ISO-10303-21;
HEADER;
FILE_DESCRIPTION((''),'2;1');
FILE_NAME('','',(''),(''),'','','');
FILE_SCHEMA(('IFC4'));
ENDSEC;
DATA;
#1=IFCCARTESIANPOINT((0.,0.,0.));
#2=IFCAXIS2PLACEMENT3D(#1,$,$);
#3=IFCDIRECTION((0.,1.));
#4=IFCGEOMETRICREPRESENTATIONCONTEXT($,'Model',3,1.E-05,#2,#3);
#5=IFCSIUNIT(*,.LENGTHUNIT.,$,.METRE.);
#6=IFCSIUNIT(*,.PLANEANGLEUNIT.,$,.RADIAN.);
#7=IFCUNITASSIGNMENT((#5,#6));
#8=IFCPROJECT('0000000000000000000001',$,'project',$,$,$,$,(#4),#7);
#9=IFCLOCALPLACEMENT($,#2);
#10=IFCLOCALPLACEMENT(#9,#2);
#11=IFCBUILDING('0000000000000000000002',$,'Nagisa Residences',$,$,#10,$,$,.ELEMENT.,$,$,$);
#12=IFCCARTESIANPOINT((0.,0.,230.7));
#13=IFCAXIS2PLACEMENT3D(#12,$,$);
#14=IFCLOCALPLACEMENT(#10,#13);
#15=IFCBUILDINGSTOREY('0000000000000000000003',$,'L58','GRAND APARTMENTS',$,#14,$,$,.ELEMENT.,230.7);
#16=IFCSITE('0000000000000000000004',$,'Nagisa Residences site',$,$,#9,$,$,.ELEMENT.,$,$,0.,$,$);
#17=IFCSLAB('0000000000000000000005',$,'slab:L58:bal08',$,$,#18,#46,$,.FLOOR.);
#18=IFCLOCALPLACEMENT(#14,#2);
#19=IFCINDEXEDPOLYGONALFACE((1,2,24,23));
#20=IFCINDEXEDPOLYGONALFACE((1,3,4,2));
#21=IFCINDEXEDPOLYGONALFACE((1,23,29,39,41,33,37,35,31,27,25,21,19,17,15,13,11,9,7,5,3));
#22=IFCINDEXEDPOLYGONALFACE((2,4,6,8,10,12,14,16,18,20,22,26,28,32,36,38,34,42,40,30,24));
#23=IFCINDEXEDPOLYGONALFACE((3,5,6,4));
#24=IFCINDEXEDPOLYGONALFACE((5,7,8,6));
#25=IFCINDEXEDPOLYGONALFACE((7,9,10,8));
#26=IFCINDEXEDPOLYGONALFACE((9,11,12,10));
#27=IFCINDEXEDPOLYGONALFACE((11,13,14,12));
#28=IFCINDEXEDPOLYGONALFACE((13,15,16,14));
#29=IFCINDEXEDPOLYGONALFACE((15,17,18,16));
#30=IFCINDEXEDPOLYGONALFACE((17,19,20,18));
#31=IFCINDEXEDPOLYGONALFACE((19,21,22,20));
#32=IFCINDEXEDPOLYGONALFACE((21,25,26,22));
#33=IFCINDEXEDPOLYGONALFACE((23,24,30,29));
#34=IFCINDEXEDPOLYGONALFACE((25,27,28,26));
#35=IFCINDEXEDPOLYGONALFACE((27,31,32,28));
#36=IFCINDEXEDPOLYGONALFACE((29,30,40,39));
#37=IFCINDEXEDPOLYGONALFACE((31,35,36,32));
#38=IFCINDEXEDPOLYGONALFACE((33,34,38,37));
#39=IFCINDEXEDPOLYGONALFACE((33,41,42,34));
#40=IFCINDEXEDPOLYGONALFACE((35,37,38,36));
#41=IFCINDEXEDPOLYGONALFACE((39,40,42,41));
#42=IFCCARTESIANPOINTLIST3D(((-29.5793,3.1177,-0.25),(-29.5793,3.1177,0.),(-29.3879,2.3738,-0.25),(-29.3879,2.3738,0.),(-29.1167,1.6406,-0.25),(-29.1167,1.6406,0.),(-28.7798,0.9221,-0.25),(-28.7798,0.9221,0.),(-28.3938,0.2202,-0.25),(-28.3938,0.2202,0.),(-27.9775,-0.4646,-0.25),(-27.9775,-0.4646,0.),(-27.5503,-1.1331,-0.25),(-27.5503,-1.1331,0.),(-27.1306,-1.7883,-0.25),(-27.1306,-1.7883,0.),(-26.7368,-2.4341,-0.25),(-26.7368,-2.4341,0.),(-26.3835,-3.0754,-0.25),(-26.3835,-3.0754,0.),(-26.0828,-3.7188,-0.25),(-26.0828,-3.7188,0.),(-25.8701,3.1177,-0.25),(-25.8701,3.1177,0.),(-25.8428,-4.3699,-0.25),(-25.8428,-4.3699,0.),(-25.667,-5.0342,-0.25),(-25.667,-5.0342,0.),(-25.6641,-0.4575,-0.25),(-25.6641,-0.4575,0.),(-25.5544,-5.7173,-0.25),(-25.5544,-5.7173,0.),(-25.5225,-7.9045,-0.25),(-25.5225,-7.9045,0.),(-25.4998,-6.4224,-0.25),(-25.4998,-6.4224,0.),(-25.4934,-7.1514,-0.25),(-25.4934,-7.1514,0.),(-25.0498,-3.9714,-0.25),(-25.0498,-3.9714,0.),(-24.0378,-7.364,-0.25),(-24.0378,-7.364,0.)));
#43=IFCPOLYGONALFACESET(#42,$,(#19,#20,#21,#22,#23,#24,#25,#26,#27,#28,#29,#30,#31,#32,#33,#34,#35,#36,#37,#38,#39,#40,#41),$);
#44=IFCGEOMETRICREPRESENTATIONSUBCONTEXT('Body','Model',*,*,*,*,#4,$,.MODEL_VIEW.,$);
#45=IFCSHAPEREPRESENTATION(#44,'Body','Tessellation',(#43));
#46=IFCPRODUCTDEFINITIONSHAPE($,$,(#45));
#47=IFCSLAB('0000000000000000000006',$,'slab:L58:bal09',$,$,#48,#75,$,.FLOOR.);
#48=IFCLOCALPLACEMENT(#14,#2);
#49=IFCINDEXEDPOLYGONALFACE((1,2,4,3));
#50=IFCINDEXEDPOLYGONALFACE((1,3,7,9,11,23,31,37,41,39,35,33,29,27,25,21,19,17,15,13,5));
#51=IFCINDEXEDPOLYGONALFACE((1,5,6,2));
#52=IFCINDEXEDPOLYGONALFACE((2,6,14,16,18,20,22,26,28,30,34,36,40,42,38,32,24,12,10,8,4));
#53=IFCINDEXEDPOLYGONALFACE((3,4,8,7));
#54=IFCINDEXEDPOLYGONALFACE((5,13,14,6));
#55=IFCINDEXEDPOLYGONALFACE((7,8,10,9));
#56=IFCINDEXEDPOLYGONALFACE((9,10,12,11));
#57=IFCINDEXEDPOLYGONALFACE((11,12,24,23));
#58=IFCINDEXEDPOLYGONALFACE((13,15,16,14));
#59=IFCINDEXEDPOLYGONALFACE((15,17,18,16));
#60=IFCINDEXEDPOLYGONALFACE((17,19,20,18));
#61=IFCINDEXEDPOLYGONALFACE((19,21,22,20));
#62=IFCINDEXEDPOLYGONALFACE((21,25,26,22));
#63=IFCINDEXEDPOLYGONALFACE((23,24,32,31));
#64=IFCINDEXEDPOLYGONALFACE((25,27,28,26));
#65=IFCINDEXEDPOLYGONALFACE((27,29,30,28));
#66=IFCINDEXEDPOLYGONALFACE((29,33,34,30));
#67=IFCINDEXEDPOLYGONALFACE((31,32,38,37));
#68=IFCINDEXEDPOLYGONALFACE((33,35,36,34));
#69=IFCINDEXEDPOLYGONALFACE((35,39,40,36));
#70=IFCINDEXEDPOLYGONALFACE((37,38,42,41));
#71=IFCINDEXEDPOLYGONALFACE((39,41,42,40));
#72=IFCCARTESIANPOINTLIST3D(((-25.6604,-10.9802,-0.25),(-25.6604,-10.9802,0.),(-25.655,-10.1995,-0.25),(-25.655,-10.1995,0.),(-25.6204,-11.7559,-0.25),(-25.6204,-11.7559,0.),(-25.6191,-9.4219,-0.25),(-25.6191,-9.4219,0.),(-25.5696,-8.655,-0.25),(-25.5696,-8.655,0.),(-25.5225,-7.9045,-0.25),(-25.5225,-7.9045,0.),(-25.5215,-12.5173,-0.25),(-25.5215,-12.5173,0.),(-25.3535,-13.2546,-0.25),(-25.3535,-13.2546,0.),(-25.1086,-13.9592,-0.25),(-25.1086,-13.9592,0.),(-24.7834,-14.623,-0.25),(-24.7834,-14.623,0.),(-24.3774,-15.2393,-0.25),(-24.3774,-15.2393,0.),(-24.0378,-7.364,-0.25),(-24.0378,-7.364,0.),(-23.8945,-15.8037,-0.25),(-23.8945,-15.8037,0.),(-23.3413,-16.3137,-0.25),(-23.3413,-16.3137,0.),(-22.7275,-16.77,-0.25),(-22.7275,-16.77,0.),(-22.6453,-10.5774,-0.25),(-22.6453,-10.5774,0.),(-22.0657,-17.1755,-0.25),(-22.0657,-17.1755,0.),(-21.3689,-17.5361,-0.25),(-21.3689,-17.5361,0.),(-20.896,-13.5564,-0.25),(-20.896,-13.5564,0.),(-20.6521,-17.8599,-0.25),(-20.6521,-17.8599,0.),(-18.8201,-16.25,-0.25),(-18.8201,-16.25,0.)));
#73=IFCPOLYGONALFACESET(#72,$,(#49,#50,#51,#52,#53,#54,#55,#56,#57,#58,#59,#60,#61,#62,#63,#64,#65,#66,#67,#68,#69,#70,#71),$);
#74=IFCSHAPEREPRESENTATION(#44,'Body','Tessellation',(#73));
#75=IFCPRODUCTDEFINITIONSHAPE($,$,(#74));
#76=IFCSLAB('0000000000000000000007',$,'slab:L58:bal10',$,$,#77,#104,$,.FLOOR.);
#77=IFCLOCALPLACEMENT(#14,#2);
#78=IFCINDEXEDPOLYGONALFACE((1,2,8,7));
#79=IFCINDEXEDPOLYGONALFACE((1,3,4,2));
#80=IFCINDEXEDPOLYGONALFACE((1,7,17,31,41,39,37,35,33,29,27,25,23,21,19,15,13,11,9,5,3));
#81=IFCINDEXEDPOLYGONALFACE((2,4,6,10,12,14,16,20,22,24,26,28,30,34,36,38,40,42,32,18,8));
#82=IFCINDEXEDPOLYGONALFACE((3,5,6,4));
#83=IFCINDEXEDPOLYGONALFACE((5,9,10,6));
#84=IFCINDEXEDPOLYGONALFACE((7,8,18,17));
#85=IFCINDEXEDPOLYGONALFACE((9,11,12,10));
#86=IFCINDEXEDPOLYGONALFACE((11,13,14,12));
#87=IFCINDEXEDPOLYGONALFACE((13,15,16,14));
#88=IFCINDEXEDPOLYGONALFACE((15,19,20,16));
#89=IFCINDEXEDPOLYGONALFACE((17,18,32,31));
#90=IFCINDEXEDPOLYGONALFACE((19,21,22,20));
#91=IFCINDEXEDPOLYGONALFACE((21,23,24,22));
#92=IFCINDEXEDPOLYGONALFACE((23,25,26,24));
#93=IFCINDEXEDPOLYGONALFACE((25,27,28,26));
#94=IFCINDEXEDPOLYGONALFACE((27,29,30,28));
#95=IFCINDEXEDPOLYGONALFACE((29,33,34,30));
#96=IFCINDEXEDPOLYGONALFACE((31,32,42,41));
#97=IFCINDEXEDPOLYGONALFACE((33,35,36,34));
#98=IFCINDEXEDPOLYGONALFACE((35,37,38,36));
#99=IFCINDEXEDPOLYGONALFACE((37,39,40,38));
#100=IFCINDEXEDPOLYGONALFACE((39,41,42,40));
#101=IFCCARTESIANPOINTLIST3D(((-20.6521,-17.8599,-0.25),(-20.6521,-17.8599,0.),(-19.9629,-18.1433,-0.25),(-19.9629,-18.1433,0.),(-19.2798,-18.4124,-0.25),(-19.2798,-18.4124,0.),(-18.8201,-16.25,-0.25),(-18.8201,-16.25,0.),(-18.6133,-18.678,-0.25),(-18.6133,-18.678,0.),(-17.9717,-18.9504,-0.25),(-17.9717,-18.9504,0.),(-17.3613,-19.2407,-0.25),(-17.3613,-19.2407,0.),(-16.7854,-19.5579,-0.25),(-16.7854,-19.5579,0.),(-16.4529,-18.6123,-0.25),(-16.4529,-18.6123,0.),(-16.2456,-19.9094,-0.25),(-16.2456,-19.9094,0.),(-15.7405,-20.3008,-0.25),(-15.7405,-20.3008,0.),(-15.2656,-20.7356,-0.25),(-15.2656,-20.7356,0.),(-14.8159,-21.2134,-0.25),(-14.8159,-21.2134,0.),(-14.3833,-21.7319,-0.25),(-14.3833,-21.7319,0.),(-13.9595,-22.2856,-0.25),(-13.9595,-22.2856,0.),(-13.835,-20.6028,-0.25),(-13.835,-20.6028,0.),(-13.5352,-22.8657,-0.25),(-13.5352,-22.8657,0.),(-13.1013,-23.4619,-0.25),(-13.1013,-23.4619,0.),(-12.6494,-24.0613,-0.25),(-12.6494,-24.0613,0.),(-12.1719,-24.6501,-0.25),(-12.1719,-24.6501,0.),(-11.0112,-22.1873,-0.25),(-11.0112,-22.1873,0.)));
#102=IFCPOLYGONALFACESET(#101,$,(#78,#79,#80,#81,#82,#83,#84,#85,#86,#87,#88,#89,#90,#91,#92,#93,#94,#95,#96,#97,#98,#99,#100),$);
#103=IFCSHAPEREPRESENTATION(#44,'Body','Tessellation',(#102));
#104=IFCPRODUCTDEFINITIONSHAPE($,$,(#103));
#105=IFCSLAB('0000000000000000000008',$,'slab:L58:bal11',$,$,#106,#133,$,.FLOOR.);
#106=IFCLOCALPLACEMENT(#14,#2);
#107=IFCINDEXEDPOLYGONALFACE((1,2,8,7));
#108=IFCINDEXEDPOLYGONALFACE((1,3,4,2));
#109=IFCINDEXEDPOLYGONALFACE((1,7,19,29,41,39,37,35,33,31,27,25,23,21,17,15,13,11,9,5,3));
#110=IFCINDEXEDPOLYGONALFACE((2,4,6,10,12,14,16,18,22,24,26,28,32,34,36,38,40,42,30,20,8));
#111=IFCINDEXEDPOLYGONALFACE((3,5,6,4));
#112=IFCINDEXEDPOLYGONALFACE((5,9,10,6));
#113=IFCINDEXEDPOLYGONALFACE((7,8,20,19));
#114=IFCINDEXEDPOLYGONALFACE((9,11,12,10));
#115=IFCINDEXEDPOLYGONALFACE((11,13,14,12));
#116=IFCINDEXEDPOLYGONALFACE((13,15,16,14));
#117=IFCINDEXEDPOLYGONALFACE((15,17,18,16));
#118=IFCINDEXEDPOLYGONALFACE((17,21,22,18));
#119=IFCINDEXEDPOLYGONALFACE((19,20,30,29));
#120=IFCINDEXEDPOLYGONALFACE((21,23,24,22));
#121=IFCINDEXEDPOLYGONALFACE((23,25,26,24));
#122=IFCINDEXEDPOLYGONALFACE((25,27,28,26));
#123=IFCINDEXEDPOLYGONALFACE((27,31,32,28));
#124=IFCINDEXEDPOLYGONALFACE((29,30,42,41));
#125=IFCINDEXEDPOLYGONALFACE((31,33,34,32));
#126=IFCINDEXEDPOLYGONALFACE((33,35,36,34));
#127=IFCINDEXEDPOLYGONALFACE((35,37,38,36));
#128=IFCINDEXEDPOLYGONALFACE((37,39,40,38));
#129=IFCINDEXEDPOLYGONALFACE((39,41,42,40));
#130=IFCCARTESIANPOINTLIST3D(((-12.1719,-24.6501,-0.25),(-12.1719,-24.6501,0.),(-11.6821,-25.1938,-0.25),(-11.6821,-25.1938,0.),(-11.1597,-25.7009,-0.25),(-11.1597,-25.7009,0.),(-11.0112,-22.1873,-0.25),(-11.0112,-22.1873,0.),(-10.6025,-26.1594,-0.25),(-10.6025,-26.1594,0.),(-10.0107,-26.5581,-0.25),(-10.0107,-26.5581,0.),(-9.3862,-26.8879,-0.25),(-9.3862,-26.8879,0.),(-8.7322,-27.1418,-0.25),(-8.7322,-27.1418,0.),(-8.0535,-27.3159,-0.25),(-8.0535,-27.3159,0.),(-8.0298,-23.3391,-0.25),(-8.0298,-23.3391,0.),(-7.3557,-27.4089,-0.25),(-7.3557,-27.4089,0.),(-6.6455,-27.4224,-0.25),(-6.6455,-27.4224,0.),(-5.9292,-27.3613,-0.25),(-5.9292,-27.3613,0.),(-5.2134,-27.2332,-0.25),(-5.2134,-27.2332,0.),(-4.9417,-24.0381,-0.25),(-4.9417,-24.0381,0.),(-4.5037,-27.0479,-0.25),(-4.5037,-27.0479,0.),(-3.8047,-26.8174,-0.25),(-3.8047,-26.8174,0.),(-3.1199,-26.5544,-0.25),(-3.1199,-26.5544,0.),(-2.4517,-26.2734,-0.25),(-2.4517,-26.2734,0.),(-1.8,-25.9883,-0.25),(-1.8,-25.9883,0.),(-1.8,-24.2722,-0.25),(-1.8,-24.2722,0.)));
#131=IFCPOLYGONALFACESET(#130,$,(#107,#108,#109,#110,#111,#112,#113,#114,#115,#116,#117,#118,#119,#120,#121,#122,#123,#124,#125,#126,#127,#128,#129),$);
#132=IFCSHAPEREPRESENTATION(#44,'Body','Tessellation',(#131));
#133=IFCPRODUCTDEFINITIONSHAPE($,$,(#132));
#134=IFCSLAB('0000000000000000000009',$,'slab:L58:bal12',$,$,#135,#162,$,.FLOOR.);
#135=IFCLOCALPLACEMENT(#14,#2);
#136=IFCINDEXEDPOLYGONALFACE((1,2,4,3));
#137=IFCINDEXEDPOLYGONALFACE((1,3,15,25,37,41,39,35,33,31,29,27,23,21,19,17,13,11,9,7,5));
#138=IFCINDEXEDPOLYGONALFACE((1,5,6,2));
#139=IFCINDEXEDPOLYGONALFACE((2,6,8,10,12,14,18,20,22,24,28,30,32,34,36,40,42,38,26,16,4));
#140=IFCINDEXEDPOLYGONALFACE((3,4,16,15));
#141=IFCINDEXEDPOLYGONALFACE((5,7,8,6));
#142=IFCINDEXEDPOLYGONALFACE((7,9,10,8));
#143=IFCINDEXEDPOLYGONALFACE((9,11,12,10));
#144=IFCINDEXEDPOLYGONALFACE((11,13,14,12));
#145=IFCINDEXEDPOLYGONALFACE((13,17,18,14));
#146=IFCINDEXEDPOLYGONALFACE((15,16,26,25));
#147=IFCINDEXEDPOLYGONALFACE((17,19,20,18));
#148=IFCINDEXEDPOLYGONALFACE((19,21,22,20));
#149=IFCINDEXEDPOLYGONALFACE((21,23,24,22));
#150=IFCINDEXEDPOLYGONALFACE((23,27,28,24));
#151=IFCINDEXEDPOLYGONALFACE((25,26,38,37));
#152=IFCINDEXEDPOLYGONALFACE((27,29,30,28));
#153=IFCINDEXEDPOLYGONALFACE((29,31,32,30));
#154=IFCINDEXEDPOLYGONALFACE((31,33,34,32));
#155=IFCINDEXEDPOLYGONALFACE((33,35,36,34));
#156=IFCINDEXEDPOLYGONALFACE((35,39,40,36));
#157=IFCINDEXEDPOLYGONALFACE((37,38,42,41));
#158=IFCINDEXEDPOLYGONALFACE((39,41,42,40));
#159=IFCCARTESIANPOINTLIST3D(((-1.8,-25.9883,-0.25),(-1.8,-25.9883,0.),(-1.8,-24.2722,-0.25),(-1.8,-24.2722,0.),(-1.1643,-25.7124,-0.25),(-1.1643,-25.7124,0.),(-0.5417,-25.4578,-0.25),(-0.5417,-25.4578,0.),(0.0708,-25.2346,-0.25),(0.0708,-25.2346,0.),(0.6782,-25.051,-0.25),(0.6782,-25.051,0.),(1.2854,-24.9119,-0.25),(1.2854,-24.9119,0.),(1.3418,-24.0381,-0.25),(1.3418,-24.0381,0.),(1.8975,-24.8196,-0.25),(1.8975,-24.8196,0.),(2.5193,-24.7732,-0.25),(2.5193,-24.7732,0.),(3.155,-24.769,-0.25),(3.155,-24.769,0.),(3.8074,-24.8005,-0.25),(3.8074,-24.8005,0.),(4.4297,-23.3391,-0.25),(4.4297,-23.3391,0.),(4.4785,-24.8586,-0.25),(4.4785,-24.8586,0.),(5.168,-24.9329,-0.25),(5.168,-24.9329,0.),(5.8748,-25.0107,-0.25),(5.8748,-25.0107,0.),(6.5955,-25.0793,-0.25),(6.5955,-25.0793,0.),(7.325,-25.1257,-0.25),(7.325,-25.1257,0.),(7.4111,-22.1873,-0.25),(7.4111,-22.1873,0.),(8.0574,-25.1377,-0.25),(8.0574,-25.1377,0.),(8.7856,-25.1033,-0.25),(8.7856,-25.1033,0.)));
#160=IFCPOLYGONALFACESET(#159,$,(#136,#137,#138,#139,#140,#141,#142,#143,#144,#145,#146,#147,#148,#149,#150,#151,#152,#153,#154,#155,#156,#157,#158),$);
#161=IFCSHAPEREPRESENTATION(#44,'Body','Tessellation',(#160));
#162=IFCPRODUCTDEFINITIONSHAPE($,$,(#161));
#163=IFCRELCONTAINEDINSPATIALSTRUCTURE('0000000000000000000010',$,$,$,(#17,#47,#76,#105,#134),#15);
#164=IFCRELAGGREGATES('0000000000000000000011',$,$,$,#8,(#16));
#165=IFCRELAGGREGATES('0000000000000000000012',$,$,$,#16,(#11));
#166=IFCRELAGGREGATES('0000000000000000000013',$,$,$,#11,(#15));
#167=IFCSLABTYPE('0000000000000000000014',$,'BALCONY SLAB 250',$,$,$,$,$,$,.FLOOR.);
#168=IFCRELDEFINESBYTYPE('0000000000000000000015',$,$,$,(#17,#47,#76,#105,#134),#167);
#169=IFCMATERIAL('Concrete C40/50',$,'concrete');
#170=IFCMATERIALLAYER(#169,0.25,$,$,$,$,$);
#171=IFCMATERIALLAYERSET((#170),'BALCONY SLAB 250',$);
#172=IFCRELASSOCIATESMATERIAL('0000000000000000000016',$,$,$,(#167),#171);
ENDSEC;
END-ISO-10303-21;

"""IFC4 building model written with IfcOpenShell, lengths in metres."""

from ifc_helpers import new_model, si_unit, direction, frame, origin, place, context, subcontext, project, spatial, polyline, outline, extrude, material, layer, layer_set, type_object, element, save


model = new_model("IFC4")

# Units and contexts
model_context = context("Model", 3, precision=1e-05, world=origin(), true_north=direction((0.0, 1.0)))
body_context = subcontext(model_context, "Body", "Model", "MODEL_VIEW")
ifc_project = project(units=[si_unit("LENGTHUNIT", "METRE"), si_unit("PLANEANGLEUNIT", "RADIAN")], contexts=[model_context])

# Site, building, storey
site_placement = place(None, origin())
site = spatial("IfcSite", under=ifc_project, at=site_placement, Name="Nagisa Residences site", CompositionType="ELEMENT", RefElevation=0.0)
building_placement = place(site_placement, origin())
building = spatial("IfcBuilding", under=site, at=building_placement, Name="Nagisa Residences", CompositionType="ELEMENT")
storey_placement = place(building_placement, frame((0.0, 0.0, 230.7)))
storey = spatial("IfcBuildingStorey", under=building, at=storey_placement, Name="L58", Description="GRAND APARTMENTS", CompositionType="ELEMENT", Elevation=230.7)

# Slabs
ifc_material_1 = material(Name="Concrete C40/50", Category="concrete")
ifc_layer_1 = layer(ifc_material_1, 0.25)
ifc_layer_set_1 = layer_set([ifc_layer_1], Name="BALCONY SLAB 250")
slab_type = type_object("IfcSlabType", Name="BALCONY SLAB 250", PredefinedType="FLOOR", material=ifc_layer_set_1)
slab_1_placement = place(storey_placement, frame((0.0, 0.0, -0.25)))
element("IfcSlab", 1, at=slab_1_placement, inside=storey, type_object=slab_type, Name="slab:L58:bal08", PredefinedType="FLOOR", context=body_context, shape_type="SweptSolid", body=[
    extrude(outline(polyline([(-29.5793, 3.1177), (-29.3879, 2.3738), (-29.1167, 1.6406), (-28.7798, 0.9221), (-28.3938, 0.2202), (-27.9775, -0.4646), (-27.5503, -1.1331), (-27.1306, -1.7883), (-26.7368, -2.4341), (-26.3835, -3.0754), (-26.0828, -3.7188), (-25.8428, -4.3699), (-25.667, -5.0342), (-25.5544, -5.7173), (-25.4998, -6.4224), (-25.4934, -7.1514), (-25.5225, -7.9045), (-24.0378, -7.364), (-25.0498, -3.9714), (-25.6641, -0.4575), (-25.8701, 3.1177), (-29.5793, 3.1177)])), origin(), (0.0, 0.0, 1.0), 0.25),
])
slab_2_placement = place(storey_placement, frame((0.0, 0.0, -0.25)))
element("IfcSlab", 2, at=slab_2_placement, inside=storey, type_object=slab_type, Name="slab:L58:bal09", PredefinedType="FLOOR", context=body_context, shape_type="SweptSolid", body=[
    extrude(outline(polyline([(-25.5225, -7.9045), (-25.5696, -8.655), (-25.6191, -9.4219), (-25.655, -10.1995), (-25.6604, -10.9802), (-25.6204, -11.7559), (-25.5215, -12.5173), (-25.3535, -13.2546), (-25.1086, -13.9592), (-24.7834, -14.623), (-24.3774, -15.2393), (-23.8945, -15.8037), (-23.3413, -16.3137), (-22.7275, -16.77), (-22.0657, -17.1755), (-21.3689, -17.5361), (-20.6521, -17.8599), (-18.8201, -16.25), (-20.896, -13.5564), (-22.6453, -10.5774), (-24.0378, -7.364), (-25.5225, -7.9045)])), origin(), (0.0, 0.0, 1.0), 0.25),
])
slab_3_placement = place(storey_placement, frame((0.0, 0.0, -0.25)))
element("IfcSlab", 3, at=slab_3_placement, inside=storey, type_object=slab_type, Name="slab:L58:bal10", PredefinedType="FLOOR", context=body_context, shape_type="SweptSolid", body=[
    extrude(outline(polyline([(-20.6521, -17.8599), (-19.9629, -18.1433), (-19.2798, -18.4124), (-18.6133, -18.678), (-17.9717, -18.9504), (-17.3613, -19.2407), (-16.7854, -19.5579), (-16.2456, -19.9094), (-15.7405, -20.3008), (-15.2656, -20.7356), (-14.8159, -21.2134), (-14.3833, -21.7319), (-13.9595, -22.2856), (-13.5352, -22.8657), (-13.1013, -23.4619), (-12.6494, -24.0613), (-12.1719, -24.6501), (-11.0112, -22.1873), (-13.835, -20.6028), (-16.4529, -18.6123), (-18.8201, -16.25), (-20.6521, -17.8599)])), origin(), (0.0, 0.0, 1.0), 0.25),
])
slab_4_placement = place(storey_placement, frame((0.0, 0.0, -0.25)))
element("IfcSlab", 4, at=slab_4_placement, inside=storey, type_object=slab_type, Name="slab:L58:bal11", PredefinedType="FLOOR", context=body_context, shape_type="SweptSolid", body=[
    extrude(outline(polyline([(-12.1719, -24.6501), (-11.6821, -25.1938), (-11.1597, -25.7009), (-10.6025, -26.1594), (-10.0107, -26.5581), (-9.3862, -26.8879), (-8.7322, -27.1418), (-8.0535, -27.3159), (-7.3557, -27.4089), (-6.6455, -27.4224), (-5.9292, -27.3613), (-5.2134, -27.2332), (-4.5037, -27.0479), (-3.8047, -26.8174), (-3.1199, -26.5544), (-2.4517, -26.2734), (-1.8, -25.9883), (-1.8, -24.2722), (-4.9417, -24.0381), (-8.0298, -23.3391), (-11.0112, -22.1873), (-12.1719, -24.6501)])), origin(), (0.0, 0.0, 1.0), 0.25),
])
slab_5_placement = place(storey_placement, frame((0.0, 0.0, -0.25)))
element("IfcSlab", 5, at=slab_5_placement, inside=storey, type_object=slab_type, Name="slab:L58:bal12", PredefinedType="FLOOR", context=body_context, shape_type="SweptSolid", body=[
    extrude(outline(polyline([(-1.8, -25.9883), (-1.1643, -25.7124), (-0.5417, -25.4578), (0.0708, -25.2346), (0.6782, -25.051), (1.2854, -24.9119), (1.8975, -24.8196), (2.5193, -24.7732), (3.155, -24.769), (3.8074, -24.8005), (4.4785, -24.8586), (5.168, -24.9329), (5.8748, -25.0107), (6.5955, -25.0793), (7.325, -25.1257), (8.0574, -25.1377), (8.7856, -25.1033), (7.4111, -22.1873), (4.4297, -23.3391), (1.3418, -24.0381), (-1.8, -24.2722), (-1.8, -25.9883)])), origin(), (0.0, 0.0, 1.0), 0.25),
])

save(model, "model.ifc")
